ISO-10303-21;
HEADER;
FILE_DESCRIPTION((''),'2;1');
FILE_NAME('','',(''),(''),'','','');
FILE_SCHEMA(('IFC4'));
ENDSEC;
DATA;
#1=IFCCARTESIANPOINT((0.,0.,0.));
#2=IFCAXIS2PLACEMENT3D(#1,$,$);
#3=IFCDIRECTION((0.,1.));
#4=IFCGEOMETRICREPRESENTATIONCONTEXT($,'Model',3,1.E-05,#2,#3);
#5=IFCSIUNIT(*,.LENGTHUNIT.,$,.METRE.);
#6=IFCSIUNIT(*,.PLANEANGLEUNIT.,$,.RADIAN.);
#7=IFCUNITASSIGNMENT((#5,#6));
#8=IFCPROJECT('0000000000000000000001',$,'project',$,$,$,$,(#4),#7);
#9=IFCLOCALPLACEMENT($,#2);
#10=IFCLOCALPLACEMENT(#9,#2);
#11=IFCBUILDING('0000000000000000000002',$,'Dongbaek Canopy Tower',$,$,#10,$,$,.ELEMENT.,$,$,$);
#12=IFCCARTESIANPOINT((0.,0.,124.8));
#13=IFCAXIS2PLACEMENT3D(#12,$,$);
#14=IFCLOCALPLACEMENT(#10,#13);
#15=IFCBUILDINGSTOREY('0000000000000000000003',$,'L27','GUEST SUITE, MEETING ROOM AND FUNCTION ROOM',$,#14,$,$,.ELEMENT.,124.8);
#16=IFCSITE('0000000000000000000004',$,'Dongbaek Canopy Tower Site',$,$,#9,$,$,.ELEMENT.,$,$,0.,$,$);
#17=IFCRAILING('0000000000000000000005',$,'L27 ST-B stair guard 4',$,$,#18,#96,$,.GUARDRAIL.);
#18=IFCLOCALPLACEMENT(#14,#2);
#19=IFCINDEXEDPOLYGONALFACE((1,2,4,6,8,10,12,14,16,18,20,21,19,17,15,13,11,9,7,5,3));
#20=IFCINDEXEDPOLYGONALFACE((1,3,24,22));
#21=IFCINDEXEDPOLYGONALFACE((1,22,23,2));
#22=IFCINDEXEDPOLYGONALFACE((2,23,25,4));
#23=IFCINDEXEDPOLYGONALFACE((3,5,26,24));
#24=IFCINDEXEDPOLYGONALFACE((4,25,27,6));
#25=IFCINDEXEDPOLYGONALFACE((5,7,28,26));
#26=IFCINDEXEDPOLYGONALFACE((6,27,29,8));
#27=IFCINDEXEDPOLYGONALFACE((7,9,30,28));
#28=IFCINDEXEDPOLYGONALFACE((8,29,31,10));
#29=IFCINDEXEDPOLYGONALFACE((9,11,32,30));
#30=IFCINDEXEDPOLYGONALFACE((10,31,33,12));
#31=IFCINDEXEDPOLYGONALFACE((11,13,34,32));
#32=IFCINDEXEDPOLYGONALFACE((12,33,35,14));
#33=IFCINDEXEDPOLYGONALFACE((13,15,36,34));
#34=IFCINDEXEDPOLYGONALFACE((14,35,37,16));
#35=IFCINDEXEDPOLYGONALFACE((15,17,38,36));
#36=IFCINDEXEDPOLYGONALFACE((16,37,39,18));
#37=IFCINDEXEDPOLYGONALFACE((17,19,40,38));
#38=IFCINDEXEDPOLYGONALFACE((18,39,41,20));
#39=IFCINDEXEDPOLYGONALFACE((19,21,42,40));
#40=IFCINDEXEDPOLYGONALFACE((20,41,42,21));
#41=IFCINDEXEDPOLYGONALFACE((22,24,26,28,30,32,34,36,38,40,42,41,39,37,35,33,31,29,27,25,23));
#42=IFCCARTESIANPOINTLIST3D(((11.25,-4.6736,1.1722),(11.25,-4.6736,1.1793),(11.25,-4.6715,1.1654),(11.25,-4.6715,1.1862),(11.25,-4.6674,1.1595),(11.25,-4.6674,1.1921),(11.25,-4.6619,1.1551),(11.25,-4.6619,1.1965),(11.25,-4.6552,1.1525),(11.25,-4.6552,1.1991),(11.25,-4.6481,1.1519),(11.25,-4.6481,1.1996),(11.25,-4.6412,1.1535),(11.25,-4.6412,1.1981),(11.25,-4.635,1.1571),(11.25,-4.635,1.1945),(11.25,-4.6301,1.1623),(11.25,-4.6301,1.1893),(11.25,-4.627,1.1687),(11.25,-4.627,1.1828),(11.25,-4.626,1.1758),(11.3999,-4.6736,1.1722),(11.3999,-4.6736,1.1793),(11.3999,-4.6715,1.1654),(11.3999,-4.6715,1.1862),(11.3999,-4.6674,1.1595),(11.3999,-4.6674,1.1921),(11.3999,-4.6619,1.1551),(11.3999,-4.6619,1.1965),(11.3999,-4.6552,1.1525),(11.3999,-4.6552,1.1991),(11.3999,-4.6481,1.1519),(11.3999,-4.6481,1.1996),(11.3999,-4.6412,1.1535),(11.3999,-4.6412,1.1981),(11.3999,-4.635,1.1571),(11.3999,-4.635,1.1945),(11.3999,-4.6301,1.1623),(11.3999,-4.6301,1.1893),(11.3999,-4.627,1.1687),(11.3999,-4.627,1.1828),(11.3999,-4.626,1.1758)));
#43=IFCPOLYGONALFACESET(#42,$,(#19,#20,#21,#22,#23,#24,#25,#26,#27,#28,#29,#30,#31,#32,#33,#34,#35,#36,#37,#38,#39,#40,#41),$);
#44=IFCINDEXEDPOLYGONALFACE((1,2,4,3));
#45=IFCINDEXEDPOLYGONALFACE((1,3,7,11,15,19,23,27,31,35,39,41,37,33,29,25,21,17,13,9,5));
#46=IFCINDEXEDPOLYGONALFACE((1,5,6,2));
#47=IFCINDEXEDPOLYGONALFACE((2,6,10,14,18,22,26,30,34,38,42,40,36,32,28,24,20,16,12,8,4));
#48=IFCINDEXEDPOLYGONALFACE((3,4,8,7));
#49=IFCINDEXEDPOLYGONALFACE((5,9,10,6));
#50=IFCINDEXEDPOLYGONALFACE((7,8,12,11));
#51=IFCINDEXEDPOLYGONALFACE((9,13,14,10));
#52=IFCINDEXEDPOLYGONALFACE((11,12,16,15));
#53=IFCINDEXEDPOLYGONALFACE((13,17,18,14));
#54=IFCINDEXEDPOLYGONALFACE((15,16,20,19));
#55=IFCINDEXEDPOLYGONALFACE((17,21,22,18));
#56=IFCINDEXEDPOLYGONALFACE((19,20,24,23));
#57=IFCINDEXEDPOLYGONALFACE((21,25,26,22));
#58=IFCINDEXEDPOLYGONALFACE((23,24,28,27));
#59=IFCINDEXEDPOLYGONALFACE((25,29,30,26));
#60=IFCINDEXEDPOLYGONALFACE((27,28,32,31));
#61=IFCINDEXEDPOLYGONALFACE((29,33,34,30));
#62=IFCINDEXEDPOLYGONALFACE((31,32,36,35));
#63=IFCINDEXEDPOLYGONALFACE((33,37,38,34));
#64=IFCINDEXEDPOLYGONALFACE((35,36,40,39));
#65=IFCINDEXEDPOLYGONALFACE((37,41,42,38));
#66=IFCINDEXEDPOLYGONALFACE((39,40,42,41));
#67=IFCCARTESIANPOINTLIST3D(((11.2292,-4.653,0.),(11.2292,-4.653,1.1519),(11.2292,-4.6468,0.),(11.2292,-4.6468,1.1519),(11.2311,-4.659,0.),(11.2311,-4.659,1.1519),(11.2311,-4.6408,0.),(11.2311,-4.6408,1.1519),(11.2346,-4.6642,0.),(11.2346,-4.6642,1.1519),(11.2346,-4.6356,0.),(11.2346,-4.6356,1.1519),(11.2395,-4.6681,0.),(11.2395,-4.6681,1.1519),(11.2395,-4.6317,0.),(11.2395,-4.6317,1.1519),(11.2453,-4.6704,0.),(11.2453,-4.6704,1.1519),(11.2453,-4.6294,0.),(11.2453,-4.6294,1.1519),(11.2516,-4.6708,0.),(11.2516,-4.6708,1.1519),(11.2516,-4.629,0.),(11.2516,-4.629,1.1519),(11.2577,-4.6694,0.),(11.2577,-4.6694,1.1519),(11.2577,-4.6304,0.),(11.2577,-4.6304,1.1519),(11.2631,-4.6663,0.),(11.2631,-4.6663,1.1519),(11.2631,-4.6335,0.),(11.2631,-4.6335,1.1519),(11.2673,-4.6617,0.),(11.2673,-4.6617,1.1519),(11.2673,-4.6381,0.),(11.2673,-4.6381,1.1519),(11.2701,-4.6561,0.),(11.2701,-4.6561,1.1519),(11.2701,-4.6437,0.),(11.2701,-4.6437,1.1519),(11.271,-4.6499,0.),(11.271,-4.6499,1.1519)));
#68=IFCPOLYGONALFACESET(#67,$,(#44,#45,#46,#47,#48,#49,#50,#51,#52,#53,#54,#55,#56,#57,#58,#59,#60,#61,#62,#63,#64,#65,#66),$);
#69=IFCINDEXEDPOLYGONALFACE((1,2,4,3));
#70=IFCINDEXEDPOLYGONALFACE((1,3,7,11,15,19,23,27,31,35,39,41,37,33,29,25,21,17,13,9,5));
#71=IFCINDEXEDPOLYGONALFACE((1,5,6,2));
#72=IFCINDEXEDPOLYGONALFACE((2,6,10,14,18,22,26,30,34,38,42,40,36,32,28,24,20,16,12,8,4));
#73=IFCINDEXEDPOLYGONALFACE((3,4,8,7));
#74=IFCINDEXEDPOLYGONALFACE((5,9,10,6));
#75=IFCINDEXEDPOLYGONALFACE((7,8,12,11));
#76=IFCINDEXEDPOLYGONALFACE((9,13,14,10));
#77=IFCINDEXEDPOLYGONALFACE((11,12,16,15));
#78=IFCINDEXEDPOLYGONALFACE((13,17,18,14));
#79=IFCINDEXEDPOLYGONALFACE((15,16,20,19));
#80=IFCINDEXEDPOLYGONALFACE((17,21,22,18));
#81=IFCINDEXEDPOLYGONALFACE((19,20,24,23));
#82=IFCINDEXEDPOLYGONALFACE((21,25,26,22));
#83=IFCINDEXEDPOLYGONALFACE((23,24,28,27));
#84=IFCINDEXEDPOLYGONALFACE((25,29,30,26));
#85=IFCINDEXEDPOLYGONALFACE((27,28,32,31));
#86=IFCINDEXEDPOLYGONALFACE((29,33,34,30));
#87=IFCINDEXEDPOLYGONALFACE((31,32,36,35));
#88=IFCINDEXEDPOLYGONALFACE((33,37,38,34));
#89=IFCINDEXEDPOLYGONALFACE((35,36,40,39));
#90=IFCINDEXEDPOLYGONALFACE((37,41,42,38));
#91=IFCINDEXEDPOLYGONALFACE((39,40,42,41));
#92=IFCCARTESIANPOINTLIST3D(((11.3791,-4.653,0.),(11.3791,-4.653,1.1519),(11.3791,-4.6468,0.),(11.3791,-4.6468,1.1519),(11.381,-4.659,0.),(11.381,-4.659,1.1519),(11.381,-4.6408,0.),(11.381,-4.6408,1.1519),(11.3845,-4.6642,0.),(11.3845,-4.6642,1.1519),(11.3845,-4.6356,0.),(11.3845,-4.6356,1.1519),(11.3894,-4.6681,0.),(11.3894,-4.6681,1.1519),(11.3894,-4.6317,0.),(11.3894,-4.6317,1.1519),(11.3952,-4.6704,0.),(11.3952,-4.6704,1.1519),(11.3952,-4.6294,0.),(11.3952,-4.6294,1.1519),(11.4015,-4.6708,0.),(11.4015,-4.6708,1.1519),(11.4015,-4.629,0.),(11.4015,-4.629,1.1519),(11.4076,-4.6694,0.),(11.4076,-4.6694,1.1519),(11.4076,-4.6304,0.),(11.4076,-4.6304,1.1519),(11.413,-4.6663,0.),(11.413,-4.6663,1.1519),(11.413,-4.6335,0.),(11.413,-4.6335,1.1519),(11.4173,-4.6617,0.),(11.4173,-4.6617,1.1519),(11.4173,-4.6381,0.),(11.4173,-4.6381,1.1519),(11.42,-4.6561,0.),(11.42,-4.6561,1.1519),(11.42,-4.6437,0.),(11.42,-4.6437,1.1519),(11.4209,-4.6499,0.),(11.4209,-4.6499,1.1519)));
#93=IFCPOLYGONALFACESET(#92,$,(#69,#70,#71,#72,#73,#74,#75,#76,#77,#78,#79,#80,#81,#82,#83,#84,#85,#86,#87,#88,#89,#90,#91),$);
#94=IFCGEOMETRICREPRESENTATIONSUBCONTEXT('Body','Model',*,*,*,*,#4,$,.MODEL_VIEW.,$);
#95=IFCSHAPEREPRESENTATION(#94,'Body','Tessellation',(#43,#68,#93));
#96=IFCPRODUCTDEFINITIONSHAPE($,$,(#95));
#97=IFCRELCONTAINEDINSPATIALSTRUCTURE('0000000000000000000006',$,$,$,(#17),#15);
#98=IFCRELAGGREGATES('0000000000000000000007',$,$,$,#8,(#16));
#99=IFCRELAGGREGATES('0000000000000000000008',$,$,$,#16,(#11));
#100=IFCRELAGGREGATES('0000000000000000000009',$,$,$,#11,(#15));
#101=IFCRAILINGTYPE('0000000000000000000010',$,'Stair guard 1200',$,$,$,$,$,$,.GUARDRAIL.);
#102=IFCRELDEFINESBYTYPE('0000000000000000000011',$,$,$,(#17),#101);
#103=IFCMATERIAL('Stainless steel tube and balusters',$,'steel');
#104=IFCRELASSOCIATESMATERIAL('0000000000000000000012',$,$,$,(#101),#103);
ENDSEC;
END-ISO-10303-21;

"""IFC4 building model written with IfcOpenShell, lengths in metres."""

from ifc_helpers import new_model, si_unit, direction, frame, origin, origin_2d, place, context, subcontext, project, spatial, circle, extrude, material, type_object, element, save


model = new_model("IFC4")

# Units and contexts
model_context = context("Model", 3, precision=1e-05, world=origin(), true_north=direction((0.0, 1.0)))
body_context = subcontext(model_context, "Body", "Model", "MODEL_VIEW")
ifc_project = project(units=[si_unit("LENGTHUNIT", "METRE"), si_unit("PLANEANGLEUNIT", "RADIAN")], contexts=[model_context])

# Site, building, storey
site_placement = place(None, origin())
site = spatial("IfcSite", under=ifc_project, at=site_placement, Name="Dongbaek Canopy Tower Site", CompositionType="ELEMENT", RefElevation=0.0)
building_placement = place(site_placement, origin())
building = spatial("IfcBuilding", under=site, at=building_placement, Name="Dongbaek Canopy Tower", CompositionType="ELEMENT")
storey_placement = place(building_placement, frame((0.0, 0.0, 124.8)))
storey = spatial("IfcBuildingStorey", under=building, at=storey_placement, Name="L27", Description="GUEST SUITE, MEETING ROOM AND FUNCTION ROOM", CompositionType="ELEMENT", Elevation=124.8)

# Railing
ifc_material_1 = material(Name="Stainless steel tube and balusters", Category="steel")
railing_type_1 = type_object("IfcRailingType", Name="Stair guard 1200", PredefinedType="GUARDRAIL", material=ifc_material_1)
railing_1_placement = place(storey_placement, frame((11.25, -4.6499, 0.0)))
element("IfcRailing", 1, at=railing_1_placement, inside=storey, type_object=railing_type_1, Name="L27 ST-B stair guard 4", PredefinedType="GUARDRAIL", context=body_context, shape_type="SweptSolid", body=[
    extrude(circle(Radius=0.0239, at=origin_2d()), frame((0.0, 0.0, 1.1758), z_axis=(1.0, 0.0, 0.0), x_axis=(0.0, 1.0, 0.0)), (0.0, 0.0, 1.0), 0.1499),
    extrude(circle(Radius=0.021, at=origin_2d()), origin(), (0.0, 0.0, 1.0), 1.1519),
    extrude(circle(Radius=0.021, at=origin_2d()), frame((0.1499, 0.0, 0.0)), (0.0, 0.0, 1.0), 1.1519),
])

save(model, "model.ifc")
